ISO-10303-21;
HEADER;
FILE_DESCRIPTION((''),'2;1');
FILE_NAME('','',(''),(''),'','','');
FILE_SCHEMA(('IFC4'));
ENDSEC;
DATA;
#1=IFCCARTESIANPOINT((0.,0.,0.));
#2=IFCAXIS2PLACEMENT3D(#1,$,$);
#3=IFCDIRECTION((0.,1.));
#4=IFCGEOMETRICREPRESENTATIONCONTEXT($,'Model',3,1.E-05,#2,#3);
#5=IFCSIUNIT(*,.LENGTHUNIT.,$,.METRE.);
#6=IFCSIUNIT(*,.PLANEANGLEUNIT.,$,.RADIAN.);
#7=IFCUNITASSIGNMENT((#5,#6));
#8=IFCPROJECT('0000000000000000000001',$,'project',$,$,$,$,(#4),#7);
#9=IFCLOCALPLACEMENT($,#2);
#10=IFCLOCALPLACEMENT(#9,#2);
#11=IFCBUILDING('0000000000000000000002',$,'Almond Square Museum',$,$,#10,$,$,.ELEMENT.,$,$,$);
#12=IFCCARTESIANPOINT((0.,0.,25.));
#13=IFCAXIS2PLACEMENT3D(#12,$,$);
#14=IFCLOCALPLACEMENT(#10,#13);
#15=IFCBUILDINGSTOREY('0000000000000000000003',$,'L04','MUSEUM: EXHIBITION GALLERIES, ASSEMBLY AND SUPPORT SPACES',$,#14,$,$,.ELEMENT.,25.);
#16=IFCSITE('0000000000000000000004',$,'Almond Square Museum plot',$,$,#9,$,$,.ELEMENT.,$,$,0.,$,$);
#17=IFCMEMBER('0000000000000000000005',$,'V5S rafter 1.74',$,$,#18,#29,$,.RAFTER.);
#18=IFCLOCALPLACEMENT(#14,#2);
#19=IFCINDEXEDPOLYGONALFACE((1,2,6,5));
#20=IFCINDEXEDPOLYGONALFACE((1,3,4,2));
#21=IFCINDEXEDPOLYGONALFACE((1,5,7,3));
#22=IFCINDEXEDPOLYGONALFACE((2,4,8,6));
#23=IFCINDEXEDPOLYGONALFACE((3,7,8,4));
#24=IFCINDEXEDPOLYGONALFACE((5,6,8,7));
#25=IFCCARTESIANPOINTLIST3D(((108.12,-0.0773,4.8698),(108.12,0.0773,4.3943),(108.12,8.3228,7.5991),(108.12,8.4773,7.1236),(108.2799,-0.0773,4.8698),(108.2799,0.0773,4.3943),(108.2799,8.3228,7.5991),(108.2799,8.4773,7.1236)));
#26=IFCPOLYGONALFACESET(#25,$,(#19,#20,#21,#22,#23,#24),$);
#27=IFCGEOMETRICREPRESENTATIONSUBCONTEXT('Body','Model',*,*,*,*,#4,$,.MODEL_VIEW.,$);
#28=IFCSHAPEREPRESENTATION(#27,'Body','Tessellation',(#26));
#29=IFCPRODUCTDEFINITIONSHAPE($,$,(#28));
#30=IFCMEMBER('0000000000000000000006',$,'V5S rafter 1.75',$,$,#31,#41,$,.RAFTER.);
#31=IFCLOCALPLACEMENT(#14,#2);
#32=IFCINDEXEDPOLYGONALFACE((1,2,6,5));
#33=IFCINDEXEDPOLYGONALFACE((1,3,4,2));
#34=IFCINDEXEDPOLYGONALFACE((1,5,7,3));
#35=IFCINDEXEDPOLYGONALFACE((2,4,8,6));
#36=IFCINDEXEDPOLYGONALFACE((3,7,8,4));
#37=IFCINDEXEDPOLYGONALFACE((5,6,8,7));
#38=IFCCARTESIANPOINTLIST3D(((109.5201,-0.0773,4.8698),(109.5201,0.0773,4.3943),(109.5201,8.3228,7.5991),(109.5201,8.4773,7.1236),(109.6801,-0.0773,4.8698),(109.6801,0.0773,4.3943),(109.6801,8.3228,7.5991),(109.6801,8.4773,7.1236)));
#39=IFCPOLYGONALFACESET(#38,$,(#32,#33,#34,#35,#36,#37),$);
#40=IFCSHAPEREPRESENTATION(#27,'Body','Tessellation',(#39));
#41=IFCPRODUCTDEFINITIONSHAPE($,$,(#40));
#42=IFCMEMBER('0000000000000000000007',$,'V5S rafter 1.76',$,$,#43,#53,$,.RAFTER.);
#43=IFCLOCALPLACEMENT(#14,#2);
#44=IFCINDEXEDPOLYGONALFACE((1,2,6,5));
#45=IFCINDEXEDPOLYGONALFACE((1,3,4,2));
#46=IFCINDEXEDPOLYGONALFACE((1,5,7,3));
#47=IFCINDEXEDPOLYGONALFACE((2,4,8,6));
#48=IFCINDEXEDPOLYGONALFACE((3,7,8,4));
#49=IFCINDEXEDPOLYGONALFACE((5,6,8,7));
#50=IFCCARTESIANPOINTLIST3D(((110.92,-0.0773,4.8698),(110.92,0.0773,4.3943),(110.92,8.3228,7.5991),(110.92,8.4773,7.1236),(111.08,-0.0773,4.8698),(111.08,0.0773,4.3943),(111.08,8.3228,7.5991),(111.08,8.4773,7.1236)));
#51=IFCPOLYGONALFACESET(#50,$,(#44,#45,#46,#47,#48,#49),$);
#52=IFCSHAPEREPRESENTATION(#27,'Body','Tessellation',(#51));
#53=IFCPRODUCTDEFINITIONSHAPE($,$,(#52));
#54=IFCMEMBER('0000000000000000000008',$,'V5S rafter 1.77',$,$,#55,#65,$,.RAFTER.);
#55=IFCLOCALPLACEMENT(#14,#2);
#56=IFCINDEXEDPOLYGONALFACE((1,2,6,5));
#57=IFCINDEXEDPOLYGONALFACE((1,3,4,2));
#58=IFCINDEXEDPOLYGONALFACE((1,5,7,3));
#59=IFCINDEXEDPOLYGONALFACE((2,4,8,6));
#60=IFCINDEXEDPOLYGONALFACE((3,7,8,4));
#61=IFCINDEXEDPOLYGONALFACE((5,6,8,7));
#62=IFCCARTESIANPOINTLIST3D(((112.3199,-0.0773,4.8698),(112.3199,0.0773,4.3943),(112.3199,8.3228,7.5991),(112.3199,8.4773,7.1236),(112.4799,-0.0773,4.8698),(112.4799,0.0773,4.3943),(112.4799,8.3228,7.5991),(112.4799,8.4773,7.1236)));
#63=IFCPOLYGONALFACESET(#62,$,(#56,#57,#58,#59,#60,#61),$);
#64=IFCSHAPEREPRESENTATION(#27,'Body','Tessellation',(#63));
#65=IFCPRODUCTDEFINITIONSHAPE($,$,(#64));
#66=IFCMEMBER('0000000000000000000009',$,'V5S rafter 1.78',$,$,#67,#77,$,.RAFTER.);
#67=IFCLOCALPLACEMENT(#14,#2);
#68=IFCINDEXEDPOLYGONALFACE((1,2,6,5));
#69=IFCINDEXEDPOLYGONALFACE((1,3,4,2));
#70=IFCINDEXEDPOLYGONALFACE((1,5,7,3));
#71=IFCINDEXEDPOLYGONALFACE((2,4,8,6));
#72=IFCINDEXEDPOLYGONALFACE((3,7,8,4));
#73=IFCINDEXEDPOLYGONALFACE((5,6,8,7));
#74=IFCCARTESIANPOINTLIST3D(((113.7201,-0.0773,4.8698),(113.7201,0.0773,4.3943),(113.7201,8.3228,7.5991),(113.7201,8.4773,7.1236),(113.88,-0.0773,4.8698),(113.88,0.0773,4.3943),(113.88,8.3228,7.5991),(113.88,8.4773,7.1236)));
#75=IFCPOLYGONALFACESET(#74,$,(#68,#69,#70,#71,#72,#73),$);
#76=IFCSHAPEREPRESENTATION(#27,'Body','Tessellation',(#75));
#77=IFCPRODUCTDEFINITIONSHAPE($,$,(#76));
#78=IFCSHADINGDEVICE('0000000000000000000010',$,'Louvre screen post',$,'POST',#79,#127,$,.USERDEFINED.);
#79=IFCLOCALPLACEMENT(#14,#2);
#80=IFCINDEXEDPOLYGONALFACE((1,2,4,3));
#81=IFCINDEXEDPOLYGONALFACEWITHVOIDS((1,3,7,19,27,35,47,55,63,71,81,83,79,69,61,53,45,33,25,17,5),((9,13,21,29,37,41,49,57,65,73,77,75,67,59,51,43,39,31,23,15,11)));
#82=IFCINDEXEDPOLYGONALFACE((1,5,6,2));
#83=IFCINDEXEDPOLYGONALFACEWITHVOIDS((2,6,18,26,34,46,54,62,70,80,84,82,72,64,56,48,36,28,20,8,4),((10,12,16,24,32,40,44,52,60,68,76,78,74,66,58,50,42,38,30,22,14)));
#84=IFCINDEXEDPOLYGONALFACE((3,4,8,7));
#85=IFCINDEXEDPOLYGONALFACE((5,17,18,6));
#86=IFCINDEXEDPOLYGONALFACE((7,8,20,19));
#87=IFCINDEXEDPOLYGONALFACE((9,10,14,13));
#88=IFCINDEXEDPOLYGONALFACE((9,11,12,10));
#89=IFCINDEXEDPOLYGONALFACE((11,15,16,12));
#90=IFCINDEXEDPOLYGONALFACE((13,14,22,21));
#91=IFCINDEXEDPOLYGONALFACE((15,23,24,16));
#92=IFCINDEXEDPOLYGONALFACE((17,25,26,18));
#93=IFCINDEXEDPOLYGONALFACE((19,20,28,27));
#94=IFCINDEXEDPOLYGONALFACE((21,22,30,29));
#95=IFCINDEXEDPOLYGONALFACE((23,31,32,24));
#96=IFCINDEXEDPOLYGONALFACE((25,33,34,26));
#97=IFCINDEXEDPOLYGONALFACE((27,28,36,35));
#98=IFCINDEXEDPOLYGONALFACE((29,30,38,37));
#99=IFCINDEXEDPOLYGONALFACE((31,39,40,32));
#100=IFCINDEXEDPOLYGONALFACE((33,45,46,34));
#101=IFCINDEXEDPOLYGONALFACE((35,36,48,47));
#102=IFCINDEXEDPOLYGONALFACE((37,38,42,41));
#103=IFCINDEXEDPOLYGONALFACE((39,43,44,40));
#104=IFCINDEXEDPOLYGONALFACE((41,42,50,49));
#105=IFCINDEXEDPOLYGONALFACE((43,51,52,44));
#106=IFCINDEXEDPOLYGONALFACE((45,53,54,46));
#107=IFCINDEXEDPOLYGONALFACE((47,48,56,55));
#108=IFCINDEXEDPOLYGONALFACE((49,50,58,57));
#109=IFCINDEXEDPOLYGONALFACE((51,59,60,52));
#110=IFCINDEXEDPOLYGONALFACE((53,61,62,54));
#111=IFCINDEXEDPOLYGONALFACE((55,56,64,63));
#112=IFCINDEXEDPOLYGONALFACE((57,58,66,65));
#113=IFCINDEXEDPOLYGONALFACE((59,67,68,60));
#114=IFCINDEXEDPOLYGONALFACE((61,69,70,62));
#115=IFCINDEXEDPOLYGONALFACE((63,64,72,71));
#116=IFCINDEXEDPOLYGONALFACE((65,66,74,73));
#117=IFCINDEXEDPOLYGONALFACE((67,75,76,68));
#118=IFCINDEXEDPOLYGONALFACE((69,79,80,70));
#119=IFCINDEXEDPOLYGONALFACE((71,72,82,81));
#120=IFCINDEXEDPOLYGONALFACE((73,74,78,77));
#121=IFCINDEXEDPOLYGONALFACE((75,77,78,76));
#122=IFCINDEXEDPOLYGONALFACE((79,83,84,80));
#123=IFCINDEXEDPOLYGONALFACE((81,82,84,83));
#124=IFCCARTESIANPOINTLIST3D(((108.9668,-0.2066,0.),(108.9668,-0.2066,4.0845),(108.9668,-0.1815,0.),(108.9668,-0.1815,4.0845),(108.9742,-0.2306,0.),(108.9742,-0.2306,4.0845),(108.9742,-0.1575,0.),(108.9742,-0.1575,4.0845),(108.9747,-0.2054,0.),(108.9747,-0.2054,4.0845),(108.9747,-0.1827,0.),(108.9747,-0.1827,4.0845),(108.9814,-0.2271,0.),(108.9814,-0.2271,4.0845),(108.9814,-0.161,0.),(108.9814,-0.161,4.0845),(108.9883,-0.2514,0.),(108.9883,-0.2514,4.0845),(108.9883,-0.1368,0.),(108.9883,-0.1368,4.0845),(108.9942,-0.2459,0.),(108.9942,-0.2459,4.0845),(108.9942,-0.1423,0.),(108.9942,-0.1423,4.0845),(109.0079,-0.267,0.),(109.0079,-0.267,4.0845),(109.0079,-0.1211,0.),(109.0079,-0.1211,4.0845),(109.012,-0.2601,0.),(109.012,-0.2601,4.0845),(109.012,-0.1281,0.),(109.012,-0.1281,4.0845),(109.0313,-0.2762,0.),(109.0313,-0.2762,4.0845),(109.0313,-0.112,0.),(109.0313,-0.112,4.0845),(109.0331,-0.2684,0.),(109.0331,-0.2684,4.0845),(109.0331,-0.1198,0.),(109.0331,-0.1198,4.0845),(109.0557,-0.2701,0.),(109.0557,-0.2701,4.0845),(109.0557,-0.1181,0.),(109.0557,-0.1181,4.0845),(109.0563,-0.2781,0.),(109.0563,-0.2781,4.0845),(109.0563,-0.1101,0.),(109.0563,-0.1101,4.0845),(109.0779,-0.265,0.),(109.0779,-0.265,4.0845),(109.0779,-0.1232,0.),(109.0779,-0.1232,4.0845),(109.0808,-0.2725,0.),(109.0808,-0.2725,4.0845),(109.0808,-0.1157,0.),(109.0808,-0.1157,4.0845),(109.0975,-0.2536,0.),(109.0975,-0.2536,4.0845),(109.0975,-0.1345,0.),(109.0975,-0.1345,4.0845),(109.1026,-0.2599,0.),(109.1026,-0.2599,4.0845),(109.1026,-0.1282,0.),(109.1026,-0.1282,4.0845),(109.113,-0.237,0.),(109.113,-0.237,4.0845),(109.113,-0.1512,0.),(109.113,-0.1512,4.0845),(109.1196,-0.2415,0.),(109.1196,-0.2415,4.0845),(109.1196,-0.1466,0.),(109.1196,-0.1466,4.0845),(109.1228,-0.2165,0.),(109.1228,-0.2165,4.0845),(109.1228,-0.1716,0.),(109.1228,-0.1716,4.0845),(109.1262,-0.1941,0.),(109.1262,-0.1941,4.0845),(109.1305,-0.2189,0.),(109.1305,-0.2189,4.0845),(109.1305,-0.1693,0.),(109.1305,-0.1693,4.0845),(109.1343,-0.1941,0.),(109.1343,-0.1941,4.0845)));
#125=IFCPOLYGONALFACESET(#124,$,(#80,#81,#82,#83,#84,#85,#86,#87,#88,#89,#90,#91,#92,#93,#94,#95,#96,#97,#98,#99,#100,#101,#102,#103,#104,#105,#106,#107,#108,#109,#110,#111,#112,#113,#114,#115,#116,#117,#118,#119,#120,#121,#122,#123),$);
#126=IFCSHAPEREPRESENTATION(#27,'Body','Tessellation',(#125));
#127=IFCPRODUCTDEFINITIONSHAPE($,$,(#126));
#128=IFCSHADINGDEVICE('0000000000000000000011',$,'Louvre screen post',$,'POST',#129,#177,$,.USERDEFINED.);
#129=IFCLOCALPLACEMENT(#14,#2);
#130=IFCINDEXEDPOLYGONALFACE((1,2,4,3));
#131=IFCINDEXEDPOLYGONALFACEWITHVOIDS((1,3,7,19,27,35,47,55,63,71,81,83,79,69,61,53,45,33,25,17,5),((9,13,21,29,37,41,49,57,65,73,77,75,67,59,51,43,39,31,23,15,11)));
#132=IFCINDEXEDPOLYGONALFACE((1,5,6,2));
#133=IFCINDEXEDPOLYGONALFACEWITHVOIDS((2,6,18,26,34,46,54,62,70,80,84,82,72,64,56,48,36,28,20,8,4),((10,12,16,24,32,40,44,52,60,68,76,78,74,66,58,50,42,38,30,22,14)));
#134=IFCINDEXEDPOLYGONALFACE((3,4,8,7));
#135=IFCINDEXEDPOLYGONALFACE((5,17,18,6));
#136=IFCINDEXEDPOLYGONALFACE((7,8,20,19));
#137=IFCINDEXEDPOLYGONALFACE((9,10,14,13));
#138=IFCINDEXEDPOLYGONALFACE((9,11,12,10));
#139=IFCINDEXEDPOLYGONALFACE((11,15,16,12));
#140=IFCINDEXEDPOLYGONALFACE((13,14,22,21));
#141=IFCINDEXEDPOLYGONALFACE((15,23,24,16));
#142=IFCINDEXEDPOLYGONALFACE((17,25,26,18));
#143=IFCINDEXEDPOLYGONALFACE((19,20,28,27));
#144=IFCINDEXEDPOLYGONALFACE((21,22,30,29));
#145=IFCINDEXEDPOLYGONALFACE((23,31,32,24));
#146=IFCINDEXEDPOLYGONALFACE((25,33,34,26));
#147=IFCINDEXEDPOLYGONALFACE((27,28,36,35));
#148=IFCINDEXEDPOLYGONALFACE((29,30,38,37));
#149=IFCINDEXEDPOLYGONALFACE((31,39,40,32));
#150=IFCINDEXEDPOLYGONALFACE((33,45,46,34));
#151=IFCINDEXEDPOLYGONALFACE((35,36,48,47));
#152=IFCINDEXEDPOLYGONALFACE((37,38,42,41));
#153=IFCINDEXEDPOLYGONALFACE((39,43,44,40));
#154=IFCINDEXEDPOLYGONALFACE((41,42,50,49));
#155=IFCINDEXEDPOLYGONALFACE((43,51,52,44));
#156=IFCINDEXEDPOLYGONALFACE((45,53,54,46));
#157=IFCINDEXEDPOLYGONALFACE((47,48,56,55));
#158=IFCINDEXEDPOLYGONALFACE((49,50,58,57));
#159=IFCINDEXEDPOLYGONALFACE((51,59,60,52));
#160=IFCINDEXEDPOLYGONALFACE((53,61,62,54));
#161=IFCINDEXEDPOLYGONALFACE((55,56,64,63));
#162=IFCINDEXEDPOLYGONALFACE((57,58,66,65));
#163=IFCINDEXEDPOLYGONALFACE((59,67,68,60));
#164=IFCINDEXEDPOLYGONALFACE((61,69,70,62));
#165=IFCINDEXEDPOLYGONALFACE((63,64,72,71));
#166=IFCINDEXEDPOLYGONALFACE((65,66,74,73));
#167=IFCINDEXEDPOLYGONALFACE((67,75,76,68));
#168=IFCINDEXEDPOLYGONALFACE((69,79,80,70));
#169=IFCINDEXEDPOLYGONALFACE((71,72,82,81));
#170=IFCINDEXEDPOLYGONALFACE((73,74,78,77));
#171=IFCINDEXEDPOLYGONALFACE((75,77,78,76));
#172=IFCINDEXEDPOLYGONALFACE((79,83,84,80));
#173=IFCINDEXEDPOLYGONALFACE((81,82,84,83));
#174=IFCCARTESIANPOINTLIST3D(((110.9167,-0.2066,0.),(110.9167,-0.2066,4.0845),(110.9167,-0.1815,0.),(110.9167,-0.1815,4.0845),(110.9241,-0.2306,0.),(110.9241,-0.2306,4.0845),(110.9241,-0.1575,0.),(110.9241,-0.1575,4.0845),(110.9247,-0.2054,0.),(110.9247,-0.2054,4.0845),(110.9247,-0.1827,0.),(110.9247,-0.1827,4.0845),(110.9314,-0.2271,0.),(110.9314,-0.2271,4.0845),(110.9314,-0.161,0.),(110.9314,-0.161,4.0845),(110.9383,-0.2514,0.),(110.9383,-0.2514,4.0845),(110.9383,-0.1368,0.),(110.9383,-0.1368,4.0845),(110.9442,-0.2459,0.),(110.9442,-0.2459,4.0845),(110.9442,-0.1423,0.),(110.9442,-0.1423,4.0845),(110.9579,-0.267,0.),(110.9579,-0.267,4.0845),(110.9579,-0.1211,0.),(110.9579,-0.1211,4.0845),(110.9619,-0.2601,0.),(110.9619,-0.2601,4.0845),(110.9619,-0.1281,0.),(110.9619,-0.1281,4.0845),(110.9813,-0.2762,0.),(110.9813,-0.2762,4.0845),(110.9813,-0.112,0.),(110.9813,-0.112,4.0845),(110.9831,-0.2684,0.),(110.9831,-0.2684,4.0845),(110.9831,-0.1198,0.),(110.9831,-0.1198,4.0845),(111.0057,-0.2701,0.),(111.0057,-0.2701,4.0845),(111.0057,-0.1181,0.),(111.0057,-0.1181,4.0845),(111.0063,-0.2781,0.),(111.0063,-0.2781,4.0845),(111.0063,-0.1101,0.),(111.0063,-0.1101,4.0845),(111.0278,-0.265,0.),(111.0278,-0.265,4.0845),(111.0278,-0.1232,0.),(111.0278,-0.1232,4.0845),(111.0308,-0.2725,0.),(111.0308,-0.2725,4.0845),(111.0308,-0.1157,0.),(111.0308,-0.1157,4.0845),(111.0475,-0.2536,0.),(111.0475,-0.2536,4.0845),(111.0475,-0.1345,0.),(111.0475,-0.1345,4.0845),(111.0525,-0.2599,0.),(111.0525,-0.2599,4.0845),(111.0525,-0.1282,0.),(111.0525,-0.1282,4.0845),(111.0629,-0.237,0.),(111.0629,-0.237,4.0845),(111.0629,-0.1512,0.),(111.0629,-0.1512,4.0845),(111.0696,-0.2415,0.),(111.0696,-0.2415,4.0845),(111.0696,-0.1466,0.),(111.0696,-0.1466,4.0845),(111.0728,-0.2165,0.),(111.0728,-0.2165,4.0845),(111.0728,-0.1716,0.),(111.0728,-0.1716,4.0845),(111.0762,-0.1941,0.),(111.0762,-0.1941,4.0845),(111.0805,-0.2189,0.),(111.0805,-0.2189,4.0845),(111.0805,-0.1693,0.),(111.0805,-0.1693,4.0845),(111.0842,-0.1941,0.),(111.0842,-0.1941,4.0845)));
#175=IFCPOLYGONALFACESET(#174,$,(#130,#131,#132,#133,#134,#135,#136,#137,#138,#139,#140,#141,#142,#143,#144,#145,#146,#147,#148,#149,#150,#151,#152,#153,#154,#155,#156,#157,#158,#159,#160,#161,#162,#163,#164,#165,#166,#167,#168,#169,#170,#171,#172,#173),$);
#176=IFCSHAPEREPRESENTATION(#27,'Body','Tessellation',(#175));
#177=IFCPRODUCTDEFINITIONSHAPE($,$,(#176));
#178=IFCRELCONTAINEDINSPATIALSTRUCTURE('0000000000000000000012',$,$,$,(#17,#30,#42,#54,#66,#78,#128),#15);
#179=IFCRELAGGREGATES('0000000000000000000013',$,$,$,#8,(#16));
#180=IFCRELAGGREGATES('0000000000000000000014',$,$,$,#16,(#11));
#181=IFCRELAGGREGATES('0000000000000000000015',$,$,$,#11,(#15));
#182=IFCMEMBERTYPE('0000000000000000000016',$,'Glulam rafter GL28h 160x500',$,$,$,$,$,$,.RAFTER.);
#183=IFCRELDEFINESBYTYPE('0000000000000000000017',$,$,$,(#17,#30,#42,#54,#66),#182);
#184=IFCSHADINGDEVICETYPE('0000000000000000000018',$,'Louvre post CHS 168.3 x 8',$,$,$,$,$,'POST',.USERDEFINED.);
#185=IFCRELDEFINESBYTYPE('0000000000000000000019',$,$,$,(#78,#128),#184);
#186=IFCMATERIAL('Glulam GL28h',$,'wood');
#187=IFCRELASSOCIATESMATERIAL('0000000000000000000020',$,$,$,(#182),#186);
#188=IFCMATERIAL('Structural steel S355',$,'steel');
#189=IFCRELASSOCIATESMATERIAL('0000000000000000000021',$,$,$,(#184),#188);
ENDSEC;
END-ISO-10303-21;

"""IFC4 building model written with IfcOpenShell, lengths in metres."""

from ifc_helpers import new_model, si_unit, direction, frame, origin, origin_2d, place, context, subcontext, project, spatial, rectangle, hollow_circle, extrude, material, material_profile, profile_set, type_object, element, save


model = new_model("IFC4")

# Units and contexts
model_context = context("Model", 3, precision=1e-05, world=origin(), true_north=direction((0.0, 1.0)))
body_context = subcontext(model_context, "Body", "Model", "MODEL_VIEW")
ifc_project = project(units=[si_unit("LENGTHUNIT", "METRE"), si_unit("PLANEANGLEUNIT", "RADIAN")], contexts=[model_context])

# Site, building, storey
site_placement = place(None, origin())
site = spatial("IfcSite", under=ifc_project, at=site_placement, Name="Almond Square Museum plot", CompositionType="ELEMENT", RefElevation=0.0)
building_placement = place(site_placement, origin())
building = spatial("IfcBuilding", under=site, at=building_placement, Name="Almond Square Museum", CompositionType="ELEMENT")
storey_placement = place(building_placement, frame((0.0, 0.0, 25.0)))
storey = spatial("IfcBuildingStorey", under=building, at=storey_placement, Name="L04", Description="MUSEUM: EXHIBITION GALLERIES, ASSEMBLY AND SUPPORT SPACES", CompositionType="ELEMENT", Elevation=25.0)

# Members
ifc_material_1 = material(Name="Glulam GL28h", Category="wood")
ifc_material_profile_1 = material_profile(ifc_material_1, rectangle(XDim=0.1599, YDim=0.5, at=origin_2d()))
ifc_profile_set_1 = profile_set([ifc_material_profile_1], Name="Glulam GL28h")
member_type = type_object("IfcMemberType", Name="Glulam rafter GL28h 160x500", PredefinedType="RAFTER", material=ifc_profile_set_1)
for number, where, z_axis, x_axis, name in (
    (1, (108.2, 0.0, 4.6321), (0.0, 0.951058, 0.309012), (-1.0, 0.0, 0.0), "V5S rafter 1.74"),
    (2, (109.6001, 0.0, 4.6321), (0.0, 0.951058, 0.309012), (-1.0, 0.0, 0.0), "V5S rafter 1.75"),
    (3, (111.0, 0.0, 4.6321), (0.0, 0.951058, 0.309012), (-1.0, 0.0, 0.0), "V5S rafter 1.76"),
    (4, (112.3999, 0.0, 4.6321), (0.0, 0.951058, 0.309012), (-1.0, 0.0, 0.0), "V5S rafter 1.77"),
    (5, (113.8, 0.0, 4.6321), (0.0, 0.951058, 0.309012), (-1.0, 0.0, 0.0), "V5S rafter 1.78"),
):
    element("IfcMember", number, at=place(storey_placement, frame(where, z_axis=z_axis, x_axis=x_axis)), inside=storey, type_object=member_type, Name=name, PredefinedType="RAFTER", context=body_context, shape_type="SweptSolid", body=[
        extrude(rectangle(XDim=0.1599, YDim=0.5, at=origin_2d()), origin(), (0.0, 0.0, 1.0), 8.8323),
    ])

# Shading devices
ifc_material_2 = material(Name="Structural steel S355", Category="steel")
ifc_material_profile_2 = material_profile(ifc_material_2, hollow_circle(Radius=0.0842, WallThickness=0.0081, at=origin_2d()))
ifc_profile_set_2 = profile_set([ifc_material_profile_2], Name="Structural steel S355")
shading_device_type = type_object("IfcShadingDeviceType", Name="Louvre post CHS 168.3 x 8", ElementType="POST", PredefinedType="USERDEFINED", material=ifc_profile_set_2)
for number, where, z_axis, x_axis, name in (
    (6, (109.05, -0.1941, 0.0), (0.0, 0.0, 1.0), (1.0, 0.0, 0.0), "Louvre screen post"),
    (7, (111.0, -0.1941, 0.0), (0.0, 0.0, 1.0), (1.0, 0.0, 0.0), "Louvre screen post"),
):
    element("IfcShadingDevice", number, at=place(storey_placement, frame(where, z_axis=z_axis, x_axis=x_axis)), inside=storey, type_object=shading_device_type, Name=name, ObjectType="POST", PredefinedType="USERDEFINED", context=body_context, shape_type="SweptSolid", body=[
        extrude(hollow_circle(Radius=0.0842, WallThickness=0.0081, at=origin_2d()), origin(), (0.0, 0.0, 1.0), 4.0845),
    ])

save(model, "model.ifc")
